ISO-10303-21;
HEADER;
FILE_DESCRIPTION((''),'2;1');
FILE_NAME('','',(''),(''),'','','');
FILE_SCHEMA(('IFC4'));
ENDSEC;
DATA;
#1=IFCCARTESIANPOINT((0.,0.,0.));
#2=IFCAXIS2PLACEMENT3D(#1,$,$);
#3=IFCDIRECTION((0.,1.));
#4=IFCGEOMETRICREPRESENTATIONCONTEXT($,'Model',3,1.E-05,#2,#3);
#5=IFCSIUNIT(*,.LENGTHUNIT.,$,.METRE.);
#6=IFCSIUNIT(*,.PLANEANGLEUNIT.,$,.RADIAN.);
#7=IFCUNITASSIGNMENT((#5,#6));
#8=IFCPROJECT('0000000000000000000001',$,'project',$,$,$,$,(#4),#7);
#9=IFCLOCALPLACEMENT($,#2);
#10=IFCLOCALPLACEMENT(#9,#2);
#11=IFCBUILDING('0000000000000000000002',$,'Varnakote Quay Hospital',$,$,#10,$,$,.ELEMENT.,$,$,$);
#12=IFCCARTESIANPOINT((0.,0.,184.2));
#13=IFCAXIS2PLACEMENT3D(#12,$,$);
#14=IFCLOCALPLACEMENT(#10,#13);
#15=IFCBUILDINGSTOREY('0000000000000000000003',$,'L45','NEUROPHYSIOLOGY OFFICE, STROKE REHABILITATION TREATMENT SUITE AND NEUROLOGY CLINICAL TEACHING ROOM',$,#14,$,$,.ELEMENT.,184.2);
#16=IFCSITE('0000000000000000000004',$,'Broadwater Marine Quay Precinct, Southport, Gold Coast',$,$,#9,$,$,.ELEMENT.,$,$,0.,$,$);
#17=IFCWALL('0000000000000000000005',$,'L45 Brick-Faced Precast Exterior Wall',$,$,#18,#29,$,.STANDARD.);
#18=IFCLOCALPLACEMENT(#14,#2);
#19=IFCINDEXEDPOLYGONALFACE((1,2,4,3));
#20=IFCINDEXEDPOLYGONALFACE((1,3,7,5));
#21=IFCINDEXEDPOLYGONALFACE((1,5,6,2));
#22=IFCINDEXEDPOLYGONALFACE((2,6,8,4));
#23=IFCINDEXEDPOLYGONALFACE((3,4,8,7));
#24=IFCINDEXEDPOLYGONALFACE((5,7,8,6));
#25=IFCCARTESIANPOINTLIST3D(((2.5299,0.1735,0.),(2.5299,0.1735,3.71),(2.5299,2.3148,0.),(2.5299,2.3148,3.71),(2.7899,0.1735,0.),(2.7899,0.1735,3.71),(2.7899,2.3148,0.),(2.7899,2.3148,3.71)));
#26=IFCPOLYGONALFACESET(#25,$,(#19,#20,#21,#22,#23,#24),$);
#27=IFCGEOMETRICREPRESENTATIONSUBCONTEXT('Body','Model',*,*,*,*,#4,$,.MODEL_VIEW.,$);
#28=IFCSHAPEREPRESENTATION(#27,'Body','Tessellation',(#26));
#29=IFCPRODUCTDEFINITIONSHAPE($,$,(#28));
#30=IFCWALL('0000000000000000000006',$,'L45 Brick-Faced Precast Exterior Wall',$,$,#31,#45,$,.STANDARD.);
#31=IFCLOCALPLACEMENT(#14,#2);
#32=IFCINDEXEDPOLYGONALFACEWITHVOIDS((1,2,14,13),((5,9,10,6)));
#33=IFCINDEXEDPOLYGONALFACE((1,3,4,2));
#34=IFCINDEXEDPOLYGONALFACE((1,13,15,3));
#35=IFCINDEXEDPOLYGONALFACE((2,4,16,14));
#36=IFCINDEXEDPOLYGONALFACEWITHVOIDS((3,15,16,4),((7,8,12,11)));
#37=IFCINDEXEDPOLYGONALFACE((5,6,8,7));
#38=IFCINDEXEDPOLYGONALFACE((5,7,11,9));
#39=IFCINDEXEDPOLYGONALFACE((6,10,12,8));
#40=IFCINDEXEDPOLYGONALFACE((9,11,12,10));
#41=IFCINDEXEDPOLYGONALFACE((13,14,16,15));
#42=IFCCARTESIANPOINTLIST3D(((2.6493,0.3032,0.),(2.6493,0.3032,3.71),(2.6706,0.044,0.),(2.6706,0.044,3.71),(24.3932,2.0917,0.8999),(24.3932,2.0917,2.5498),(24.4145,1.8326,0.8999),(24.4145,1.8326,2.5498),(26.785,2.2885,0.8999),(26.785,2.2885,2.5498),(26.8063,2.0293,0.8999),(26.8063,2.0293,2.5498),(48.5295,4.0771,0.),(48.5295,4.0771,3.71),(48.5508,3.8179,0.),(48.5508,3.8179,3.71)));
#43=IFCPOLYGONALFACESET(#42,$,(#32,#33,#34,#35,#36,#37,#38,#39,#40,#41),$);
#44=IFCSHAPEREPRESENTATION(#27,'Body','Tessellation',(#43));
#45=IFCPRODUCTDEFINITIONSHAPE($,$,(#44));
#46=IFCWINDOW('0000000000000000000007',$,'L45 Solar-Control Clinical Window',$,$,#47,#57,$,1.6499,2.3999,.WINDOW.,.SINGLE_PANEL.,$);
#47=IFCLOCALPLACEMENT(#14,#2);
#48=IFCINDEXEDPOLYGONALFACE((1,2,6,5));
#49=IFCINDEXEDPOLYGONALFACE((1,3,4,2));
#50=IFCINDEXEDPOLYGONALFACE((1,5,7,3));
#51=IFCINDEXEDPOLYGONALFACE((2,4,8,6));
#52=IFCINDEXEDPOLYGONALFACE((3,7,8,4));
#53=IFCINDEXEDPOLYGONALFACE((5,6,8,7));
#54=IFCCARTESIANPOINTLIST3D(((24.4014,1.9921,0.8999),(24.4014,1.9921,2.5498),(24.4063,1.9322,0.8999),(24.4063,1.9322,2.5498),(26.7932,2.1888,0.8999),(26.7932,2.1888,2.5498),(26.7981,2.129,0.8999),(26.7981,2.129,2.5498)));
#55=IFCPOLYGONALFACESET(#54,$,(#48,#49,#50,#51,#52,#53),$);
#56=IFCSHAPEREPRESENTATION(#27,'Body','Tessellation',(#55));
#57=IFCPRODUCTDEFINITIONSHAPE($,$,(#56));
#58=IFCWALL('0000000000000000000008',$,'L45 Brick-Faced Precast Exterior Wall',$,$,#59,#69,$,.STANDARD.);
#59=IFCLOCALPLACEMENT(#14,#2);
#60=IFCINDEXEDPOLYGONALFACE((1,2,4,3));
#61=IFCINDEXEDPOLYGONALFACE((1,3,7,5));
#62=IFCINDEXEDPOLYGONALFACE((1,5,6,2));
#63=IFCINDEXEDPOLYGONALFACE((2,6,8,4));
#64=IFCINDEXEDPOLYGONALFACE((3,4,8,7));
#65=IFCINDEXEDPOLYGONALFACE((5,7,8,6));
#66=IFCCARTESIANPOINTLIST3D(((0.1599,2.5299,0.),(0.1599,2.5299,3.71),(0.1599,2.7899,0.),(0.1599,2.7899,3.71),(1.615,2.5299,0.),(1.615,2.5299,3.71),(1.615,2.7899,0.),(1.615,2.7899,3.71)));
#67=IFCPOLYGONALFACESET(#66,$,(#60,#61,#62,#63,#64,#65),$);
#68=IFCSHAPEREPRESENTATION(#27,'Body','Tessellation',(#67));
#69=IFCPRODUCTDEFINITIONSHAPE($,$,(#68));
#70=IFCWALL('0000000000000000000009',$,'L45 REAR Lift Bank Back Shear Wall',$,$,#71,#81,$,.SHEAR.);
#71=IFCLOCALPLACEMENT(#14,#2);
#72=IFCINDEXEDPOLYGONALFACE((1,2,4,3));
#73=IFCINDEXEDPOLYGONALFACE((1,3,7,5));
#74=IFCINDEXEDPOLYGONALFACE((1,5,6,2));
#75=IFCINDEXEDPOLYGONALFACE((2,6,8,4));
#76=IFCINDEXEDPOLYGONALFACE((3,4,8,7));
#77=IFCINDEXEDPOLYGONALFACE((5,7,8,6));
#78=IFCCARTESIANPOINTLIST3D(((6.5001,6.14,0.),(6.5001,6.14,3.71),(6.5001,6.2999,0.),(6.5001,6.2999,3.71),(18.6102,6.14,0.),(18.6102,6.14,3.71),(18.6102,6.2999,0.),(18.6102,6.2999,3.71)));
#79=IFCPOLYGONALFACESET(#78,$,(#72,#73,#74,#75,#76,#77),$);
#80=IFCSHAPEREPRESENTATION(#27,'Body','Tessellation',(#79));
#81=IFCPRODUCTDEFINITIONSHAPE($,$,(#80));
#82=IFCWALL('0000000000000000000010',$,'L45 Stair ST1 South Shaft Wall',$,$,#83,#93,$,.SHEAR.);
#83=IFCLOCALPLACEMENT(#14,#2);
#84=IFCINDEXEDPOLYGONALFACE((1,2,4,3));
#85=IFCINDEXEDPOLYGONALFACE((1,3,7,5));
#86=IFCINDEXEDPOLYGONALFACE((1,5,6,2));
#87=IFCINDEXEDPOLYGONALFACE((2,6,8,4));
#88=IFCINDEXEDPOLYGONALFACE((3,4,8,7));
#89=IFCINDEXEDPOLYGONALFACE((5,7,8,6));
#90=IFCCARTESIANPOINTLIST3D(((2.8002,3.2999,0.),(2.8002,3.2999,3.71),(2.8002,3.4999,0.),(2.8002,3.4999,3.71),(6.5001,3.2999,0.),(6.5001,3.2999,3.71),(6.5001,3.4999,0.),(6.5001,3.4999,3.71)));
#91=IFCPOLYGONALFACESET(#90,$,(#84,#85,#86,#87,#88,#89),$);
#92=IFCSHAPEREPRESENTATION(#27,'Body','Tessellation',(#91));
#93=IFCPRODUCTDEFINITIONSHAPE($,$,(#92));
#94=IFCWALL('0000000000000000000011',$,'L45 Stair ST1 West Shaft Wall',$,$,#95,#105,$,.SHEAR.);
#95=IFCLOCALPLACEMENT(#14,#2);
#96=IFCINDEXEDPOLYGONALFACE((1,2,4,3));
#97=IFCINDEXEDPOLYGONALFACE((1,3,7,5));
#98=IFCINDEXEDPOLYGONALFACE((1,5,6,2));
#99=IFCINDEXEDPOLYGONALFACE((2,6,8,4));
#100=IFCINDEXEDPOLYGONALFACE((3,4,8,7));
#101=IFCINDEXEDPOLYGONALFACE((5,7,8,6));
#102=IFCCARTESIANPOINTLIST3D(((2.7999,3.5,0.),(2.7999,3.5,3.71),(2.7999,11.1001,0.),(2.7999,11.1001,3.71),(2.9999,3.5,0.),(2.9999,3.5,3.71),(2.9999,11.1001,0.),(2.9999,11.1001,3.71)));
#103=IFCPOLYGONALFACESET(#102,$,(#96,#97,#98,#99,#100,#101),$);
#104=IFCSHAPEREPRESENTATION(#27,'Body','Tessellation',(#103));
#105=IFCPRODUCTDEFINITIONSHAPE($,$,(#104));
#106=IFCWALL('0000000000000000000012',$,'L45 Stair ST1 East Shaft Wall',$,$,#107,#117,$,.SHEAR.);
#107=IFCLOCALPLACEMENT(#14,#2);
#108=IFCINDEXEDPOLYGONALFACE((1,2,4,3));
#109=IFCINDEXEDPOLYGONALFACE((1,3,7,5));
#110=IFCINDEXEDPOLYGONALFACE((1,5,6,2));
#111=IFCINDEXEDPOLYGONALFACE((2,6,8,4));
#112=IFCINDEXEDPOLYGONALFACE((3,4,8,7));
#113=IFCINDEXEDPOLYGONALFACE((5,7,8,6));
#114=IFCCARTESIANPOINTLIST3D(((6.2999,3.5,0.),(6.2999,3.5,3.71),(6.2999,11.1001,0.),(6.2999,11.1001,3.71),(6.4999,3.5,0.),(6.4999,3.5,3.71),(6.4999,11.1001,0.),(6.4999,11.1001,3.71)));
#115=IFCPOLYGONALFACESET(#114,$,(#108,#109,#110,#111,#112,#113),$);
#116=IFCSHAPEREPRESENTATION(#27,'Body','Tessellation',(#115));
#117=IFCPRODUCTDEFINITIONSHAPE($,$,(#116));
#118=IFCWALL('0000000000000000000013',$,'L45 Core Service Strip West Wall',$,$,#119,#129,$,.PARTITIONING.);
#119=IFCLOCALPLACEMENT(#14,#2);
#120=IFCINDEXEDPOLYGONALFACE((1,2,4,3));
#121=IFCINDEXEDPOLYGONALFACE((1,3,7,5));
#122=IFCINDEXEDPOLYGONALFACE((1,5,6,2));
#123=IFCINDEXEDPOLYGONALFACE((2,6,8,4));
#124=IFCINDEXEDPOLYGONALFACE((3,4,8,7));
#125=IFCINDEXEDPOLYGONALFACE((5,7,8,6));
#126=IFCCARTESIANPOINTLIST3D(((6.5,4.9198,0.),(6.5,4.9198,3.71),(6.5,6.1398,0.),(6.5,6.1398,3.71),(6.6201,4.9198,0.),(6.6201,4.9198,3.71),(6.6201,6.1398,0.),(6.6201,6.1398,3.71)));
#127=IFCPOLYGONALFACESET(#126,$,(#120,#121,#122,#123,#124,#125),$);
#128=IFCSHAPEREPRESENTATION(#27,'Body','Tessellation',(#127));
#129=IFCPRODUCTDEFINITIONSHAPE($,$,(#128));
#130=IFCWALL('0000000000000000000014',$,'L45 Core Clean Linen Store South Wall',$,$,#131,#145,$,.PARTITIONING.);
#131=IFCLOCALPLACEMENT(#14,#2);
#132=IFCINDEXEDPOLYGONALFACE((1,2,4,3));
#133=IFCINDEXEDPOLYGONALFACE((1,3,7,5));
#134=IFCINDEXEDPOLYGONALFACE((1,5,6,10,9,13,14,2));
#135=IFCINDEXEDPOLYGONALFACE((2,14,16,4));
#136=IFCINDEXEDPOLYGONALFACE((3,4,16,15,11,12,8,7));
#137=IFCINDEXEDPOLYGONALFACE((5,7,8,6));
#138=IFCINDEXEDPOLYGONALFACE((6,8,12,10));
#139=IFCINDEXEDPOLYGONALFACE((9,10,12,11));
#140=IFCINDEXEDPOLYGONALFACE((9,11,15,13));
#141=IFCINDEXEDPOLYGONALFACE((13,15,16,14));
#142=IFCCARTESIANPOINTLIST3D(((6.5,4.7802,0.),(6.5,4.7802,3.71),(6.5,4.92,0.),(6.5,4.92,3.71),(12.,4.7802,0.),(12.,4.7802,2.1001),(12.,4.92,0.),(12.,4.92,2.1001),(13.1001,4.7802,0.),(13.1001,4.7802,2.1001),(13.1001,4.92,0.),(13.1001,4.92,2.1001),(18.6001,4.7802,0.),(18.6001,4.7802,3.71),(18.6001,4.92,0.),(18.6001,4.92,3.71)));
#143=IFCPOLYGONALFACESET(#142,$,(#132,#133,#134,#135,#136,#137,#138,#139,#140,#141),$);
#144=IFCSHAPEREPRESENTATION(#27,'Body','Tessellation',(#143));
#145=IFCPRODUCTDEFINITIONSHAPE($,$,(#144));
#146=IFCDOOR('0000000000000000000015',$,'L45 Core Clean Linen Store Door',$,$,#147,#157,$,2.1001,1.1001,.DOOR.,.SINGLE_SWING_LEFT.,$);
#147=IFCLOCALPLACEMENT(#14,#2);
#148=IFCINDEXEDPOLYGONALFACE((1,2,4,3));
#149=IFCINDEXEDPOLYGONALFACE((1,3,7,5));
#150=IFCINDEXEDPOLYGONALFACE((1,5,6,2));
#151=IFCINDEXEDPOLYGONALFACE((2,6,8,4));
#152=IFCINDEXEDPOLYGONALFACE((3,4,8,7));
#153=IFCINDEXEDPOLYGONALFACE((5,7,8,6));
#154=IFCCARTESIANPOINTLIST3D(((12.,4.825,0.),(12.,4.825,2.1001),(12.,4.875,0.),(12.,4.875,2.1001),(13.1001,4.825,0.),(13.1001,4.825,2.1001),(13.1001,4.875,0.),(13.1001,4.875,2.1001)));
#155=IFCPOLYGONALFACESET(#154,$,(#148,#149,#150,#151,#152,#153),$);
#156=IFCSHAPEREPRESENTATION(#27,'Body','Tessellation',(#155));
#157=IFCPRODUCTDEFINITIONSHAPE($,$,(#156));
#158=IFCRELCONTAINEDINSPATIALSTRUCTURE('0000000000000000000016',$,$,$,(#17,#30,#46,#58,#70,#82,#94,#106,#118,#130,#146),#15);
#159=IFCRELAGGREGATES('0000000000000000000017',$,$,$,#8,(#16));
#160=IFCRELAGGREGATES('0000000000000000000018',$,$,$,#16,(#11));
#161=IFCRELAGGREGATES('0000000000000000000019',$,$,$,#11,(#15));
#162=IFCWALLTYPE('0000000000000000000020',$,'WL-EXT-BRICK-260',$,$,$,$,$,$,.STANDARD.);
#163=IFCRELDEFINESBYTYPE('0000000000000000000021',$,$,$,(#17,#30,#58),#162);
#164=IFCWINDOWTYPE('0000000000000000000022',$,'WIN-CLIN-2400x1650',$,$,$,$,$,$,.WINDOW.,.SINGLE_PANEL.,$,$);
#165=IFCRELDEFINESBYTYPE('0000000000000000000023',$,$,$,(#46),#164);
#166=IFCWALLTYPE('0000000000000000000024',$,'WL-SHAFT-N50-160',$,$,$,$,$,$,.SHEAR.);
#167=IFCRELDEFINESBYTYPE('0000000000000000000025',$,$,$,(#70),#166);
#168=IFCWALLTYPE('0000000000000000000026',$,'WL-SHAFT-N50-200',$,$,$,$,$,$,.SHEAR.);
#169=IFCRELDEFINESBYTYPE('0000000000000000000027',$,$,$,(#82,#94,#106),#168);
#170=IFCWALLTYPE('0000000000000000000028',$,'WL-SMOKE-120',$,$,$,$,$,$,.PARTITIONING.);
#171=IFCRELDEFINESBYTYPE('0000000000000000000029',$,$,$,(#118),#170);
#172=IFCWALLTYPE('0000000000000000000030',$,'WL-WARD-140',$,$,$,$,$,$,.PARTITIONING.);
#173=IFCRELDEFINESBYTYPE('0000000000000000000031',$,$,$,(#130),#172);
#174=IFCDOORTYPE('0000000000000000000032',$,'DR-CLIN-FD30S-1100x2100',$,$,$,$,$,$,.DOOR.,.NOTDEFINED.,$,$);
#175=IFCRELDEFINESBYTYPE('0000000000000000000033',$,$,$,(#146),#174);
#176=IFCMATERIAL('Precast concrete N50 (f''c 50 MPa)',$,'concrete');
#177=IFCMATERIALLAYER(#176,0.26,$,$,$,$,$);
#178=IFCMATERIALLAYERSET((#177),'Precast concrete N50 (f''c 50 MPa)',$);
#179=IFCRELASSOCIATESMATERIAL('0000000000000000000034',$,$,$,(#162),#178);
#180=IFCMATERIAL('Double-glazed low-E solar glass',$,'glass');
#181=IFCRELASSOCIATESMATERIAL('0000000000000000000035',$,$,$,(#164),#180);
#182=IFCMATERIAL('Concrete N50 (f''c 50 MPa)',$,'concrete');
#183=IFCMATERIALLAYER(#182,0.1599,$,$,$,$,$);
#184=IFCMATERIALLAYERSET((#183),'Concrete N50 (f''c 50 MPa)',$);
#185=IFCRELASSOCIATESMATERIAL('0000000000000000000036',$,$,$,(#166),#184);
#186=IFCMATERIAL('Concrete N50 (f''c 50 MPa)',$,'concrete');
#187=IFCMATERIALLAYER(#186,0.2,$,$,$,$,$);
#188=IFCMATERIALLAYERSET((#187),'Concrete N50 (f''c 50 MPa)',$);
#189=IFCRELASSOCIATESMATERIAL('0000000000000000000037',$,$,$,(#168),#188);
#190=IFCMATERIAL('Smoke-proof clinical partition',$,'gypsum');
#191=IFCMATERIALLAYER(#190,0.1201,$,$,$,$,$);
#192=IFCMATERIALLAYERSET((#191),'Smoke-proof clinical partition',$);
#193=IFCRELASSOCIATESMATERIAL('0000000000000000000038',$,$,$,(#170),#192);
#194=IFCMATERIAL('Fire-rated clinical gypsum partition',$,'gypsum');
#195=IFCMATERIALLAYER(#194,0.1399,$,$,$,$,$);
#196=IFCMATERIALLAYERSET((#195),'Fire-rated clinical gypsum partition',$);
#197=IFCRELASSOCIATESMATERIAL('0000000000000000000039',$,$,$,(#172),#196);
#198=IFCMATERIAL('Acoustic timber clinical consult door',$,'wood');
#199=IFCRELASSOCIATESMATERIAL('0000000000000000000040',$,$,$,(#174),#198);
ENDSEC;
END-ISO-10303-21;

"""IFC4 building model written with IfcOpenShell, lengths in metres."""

from ifc_helpers import new_model, si_unit, direction, frame, frame_2d, origin, place, context, subcontext, project, spatial, rectangle, extrude, material, layer, layer_set, type_object, element, fill, save


model = new_model("IFC4")

# Units and contexts
model_context = context("Model", 3, precision=1e-05, world=origin(), true_north=direction((0.0, 1.0)))
body_context = subcontext(model_context, "Body", "Model", "MODEL_VIEW")
ifc_project = project(units=[si_unit("LENGTHUNIT", "METRE"), si_unit("PLANEANGLEUNIT", "RADIAN")], contexts=[model_context])

# Site, building, storey
site_placement = place(None, origin())
site = spatial("IfcSite", under=ifc_project, at=site_placement, Name="Broadwater Marine Quay Precinct, Southport, Gold Coast", CompositionType="ELEMENT", RefElevation=0.0)
building_placement = place(site_placement, origin())
building = spatial("IfcBuilding", under=site, at=building_placement, Name="Varnakote Quay Hospital", CompositionType="ELEMENT")
storey_placement = place(building_placement, frame((0.0, 0.0, 184.2)))
storey = spatial("IfcBuildingStorey", under=building, at=storey_placement, Name="L45", Description="NEUROPHYSIOLOGY OFFICE, STROKE REHABILITATION TREATMENT SUITE AND NEUROLOGY CLINICAL TEACHING ROOM", CompositionType="ELEMENT", Elevation=184.2)

# Wall
ifc_material_1 = material(Name="Precast concrete N50 (f'c 50 MPa)", Category="concrete")
ifc_layer_1 = layer(ifc_material_1, 0.26)
ifc_layer_set_1 = layer_set([ifc_layer_1], Name="Precast concrete N50 (f'c 50 MPa)")
wall_type_1 = type_object("IfcWallType", Name="WL-EXT-BRICK-260", PredefinedType="STANDARD", material=ifc_layer_set_1)
wall_1_placement = place(storey_placement, frame((2.6599, 2.3149, 0.0), z_axis=(0.0, 0.0, 1.0), x_axis=(0.0, -1.0, 0.0)))
element("IfcWall", 1, at=wall_1_placement, inside=storey, type_object=wall_type_1, Name="L45 Brick-Faced Precast Exterior Wall", PredefinedType="STANDARD", context=body_context, shape_type="SweptSolid", body=[
    extrude(rectangle(XDim=2.1414, YDim=0.26, at=frame_2d((1.0708, 0.0))), origin(), (0.0, 0.0, 1.0), 3.71),
])

# Wall, opening, window
wall_2_placement = place(storey_placement, frame((2.6599, 0.1736, 0.0), z_axis=(0.0, 0.0, 1.0), x_axis=(0.996634, 0.081979, 0.0)))
wall_2 = element("IfcWall", 2, at=wall_2_placement, inside=storey, type_object=wall_type_1, Name="L45 Brick-Faced Precast Exterior Wall", PredefinedType="STANDARD", context=body_context, shape_type="SweptSolid", body=[
    extrude(rectangle(XDim=46.0352, YDim=0.26, at=frame_2d((23.0176, 0.0))), origin(), (0.0, 0.0, 1.0), 3.71),
])
opening_1_placement = place(wall_2_placement, frame((21.8174, 0.0, 0.8999)))
opening_1 = element("IfcOpeningElement", 3, at=opening_1_placement, cuts=wall_2, PredefinedType="OPENING", context=body_context, shape_type="SweptSolid", body=[
    extrude(rectangle(XDim=2.3999, YDim=1.6499, at=frame_2d((1.2, 0.825))), frame((0.0, 0.1399, 0.0), z_axis=(0.0, -1.0, 0.0), x_axis=(1.0, 0.0, 0.0)), (0.0, 0.0, 1.0), 0.28),
])
ifc_material_2 = material(Name="Double-glazed low-E solar glass", Category="glass")
window_type = type_object("IfcWindowType", Name="WIN-CLIN-2400x1650", PartitioningType="SINGLE_PANEL", PredefinedType="WINDOW", material=ifc_material_2)
window_placement = place(opening_1_placement, origin())
window = element("IfcWindow", 4, at=window_placement, inside=storey, type_object=window_type, Name="L45 Solar-Control Clinical Window", OverallHeight=1.6499, OverallWidth=2.3999, PartitioningType="SINGLE_PANEL", PredefinedType="WINDOW", context=body_context, shape_type="SweptSolid", body=[
    extrude(rectangle(XDim=2.3999, YDim=1.6499, at=frame_2d((1.2, 0.825))), frame((0.0, 0.03, 0.0), z_axis=(0.0, -1.0, 0.0), x_axis=(1.0, 0.0, 0.0)), (0.0, 0.0, 1.0), 0.0601),
])
fill(opening_1, window)

# Walls
wall_3_placement = place(storey_placement, frame((0.1599, 2.6599, 0.0), z_axis=(0.0, 0.0, 1.0), x_axis=(1.0, 0.0, 0.0)))
element("IfcWall", 5, at=wall_3_placement, inside=storey, type_object=wall_type_1, Name="L45 Brick-Faced Precast Exterior Wall", PredefinedType="STANDARD", context=body_context, shape_type="SweptSolid", body=[
    extrude(rectangle(XDim=1.4551, YDim=0.26, at=frame_2d((0.7275, 0.0))), origin(), (0.0, 0.0, 1.0), 3.71),
])
ifc_material_3 = material(Name="Concrete N50 (f'c 50 MPa)", Category="concrete")
ifc_layer_2 = layer(ifc_material_3, 0.1599)
ifc_layer_set_2 = layer_set([ifc_layer_2], Name="Concrete N50 (f'c 50 MPa)")
wall_type_2 = type_object("IfcWallType", Name="WL-SHAFT-N50-160", PredefinedType="SHEAR", material=ifc_layer_set_2)
wall_4_placement = place(storey_placement, frame((6.5, 6.22, 0.0), z_axis=(0.0, 0.0, 1.0), x_axis=(1.0, 0.0, 0.0)))
element("IfcWall", 6, at=wall_4_placement, inside=storey, type_object=wall_type_2, Name="L45 REAR Lift Bank Back Shear Wall", PredefinedType="SHEAR", context=body_context, shape_type="SweptSolid", body=[
    extrude(rectangle(XDim=12.1101, YDim=0.1599, at=frame_2d((6.0552, 0.0))), origin(), (0.0, 0.0, 1.0), 3.71),
])
ifc_material_4 = material(Name="Concrete N50 (f'c 50 MPa)", Category="concrete")
ifc_layer_3 = layer(ifc_material_4, 0.2)
ifc_layer_set_3 = layer_set([ifc_layer_3], Name="Concrete N50 (f'c 50 MPa)")
wall_type_3 = type_object("IfcWallType", Name="WL-SHAFT-N50-200", PredefinedType="SHEAR", material=ifc_layer_set_3)
wall_5_placement = place(storey_placement, frame((2.8, 3.3999, 0.0), z_axis=(0.0, 0.0, 1.0), x_axis=(1.0, 0.0, 0.0)))
element("IfcWall", 7, at=wall_5_placement, inside=storey, type_object=wall_type_3, Name="L45 Stair ST1 South Shaft Wall", PredefinedType="SHEAR", context=body_context, shape_type="SweptSolid", body=[
    extrude(rectangle(XDim=3.7, YDim=0.2, at=frame_2d((1.8501, 0.0))), origin(), (0.0, 0.0, 1.0), 3.71),
])
for number, where, z_axis, x_axis, name in (
    (8, (2.8999, 3.5, 0.0), (0.0, 0.0, 1.0), (0.0, 1.0, 0.0), "L45 Stair ST1 West Shaft Wall"),
    (9, (6.3999, 3.5, 0.0), (0.0, 0.0, 1.0), (0.0, 1.0, 0.0), "L45 Stair ST1 East Shaft Wall"),
):
    element("IfcWall", number, at=place(storey_placement, frame(where, z_axis=z_axis, x_axis=x_axis)), inside=storey, type_object=wall_type_3, Name=name, PredefinedType="SHEAR", context=body_context, shape_type="SweptSolid", body=[
        extrude(rectangle(XDim=7.6001, YDim=0.2, at=frame_2d((3.8, 0.0))), origin(), (0.0, 0.0, 1.0), 3.71),
    ])
ifc_material_5 = material(Name="Smoke-proof clinical partition", Category="gypsum")
ifc_layer_4 = layer(ifc_material_5, 0.1201)
ifc_layer_set_4 = layer_set([ifc_layer_4], Name="Smoke-proof clinical partition")
wall_type_4 = type_object("IfcWallType", Name="WL-SMOKE-120", PredefinedType="PARTITIONING", material=ifc_layer_set_4)
wall_6_placement = place(storey_placement, frame((6.5601, 4.9199, 0.0), z_axis=(0.0, 0.0, 1.0), x_axis=(0.0, 1.0, 0.0)))
element("IfcWall", 10, at=wall_6_placement, inside=storey, type_object=wall_type_4, Name="L45 Core Service Strip West Wall", PredefinedType="PARTITIONING", context=body_context, shape_type="SweptSolid", body=[
    extrude(rectangle(XDim=1.22, YDim=0.1201, at=frame_2d((0.6099, 0.0))), origin(), (0.0, 0.0, 1.0), 3.71),
])

# Wall, opening, door
ifc_material_6 = material(Name="Fire-rated clinical gypsum partition", Category="gypsum")
ifc_layer_5 = layer(ifc_material_6, 0.1399)
ifc_layer_set_5 = layer_set([ifc_layer_5], Name="Fire-rated clinical gypsum partition")
wall_type_5 = type_object("IfcWallType", Name="WL-WARD-140", PredefinedType="PARTITIONING", material=ifc_layer_set_5)
wall_7_placement = place(storey_placement, frame((6.5, 4.8501, 0.0), z_axis=(0.0, 0.0, 1.0), x_axis=(1.0, 0.0, 0.0)))
wall_7 = element("IfcWall", 11, at=wall_7_placement, inside=storey, type_object=wall_type_5, Name="L45 Core Clean Linen Store South Wall", PredefinedType="PARTITIONING", context=body_context, shape_type="SweptSolid", body=[
    extrude(rectangle(XDim=12.1001, YDim=0.1399, at=frame_2d((6.05, 0.0))), origin(), (0.0, 0.0, 1.0), 3.71),
])
opening_2_placement = place(wall_7_placement, frame((5.5, 0.0, 0.0)))
opening_2 = element("IfcOpeningElement", 12, at=opening_2_placement, cuts=wall_7, PredefinedType="OPENING", context=body_context, shape_type="SweptSolid", body=[
    extrude(rectangle(XDim=1.1001, YDim=2.1001, at=frame_2d((0.55, 1.05))), frame((0.0, 0.0798, 0.0), z_axis=(0.0, -1.0, 0.0), x_axis=(1.0, 0.0, 0.0)), (0.0, 0.0, 1.0), 0.1599),
])
ifc_material_7 = material(Name="Acoustic timber clinical consult door", Category="wood")
door_type = type_object("IfcDoorType", Name="DR-CLIN-FD30S-1100x2100", OperationType="NOTDEFINED", PredefinedType="DOOR", material=ifc_material_7)
door_placement = place(opening_2_placement, origin())
door = element("IfcDoor", 13, at=door_placement, inside=storey, type_object=door_type, Name="L45 Core Clean Linen Store Door", OperationType="SINGLE_SWING_LEFT", OverallHeight=2.1001, OverallWidth=1.1001, PredefinedType="DOOR", context=body_context, shape_type="SweptSolid", body=[
    extrude(rectangle(XDim=1.1001, YDim=2.1001, at=frame_2d((0.55, 1.05))), frame((0.0, 0.0249, 0.0), z_axis=(0.0, -1.0, 0.0), x_axis=(1.0, 0.0, 0.0)), (0.0, 0.0, 1.0), 0.05),
])
fill(opening_2, door)

save(model, "model.ifc")
